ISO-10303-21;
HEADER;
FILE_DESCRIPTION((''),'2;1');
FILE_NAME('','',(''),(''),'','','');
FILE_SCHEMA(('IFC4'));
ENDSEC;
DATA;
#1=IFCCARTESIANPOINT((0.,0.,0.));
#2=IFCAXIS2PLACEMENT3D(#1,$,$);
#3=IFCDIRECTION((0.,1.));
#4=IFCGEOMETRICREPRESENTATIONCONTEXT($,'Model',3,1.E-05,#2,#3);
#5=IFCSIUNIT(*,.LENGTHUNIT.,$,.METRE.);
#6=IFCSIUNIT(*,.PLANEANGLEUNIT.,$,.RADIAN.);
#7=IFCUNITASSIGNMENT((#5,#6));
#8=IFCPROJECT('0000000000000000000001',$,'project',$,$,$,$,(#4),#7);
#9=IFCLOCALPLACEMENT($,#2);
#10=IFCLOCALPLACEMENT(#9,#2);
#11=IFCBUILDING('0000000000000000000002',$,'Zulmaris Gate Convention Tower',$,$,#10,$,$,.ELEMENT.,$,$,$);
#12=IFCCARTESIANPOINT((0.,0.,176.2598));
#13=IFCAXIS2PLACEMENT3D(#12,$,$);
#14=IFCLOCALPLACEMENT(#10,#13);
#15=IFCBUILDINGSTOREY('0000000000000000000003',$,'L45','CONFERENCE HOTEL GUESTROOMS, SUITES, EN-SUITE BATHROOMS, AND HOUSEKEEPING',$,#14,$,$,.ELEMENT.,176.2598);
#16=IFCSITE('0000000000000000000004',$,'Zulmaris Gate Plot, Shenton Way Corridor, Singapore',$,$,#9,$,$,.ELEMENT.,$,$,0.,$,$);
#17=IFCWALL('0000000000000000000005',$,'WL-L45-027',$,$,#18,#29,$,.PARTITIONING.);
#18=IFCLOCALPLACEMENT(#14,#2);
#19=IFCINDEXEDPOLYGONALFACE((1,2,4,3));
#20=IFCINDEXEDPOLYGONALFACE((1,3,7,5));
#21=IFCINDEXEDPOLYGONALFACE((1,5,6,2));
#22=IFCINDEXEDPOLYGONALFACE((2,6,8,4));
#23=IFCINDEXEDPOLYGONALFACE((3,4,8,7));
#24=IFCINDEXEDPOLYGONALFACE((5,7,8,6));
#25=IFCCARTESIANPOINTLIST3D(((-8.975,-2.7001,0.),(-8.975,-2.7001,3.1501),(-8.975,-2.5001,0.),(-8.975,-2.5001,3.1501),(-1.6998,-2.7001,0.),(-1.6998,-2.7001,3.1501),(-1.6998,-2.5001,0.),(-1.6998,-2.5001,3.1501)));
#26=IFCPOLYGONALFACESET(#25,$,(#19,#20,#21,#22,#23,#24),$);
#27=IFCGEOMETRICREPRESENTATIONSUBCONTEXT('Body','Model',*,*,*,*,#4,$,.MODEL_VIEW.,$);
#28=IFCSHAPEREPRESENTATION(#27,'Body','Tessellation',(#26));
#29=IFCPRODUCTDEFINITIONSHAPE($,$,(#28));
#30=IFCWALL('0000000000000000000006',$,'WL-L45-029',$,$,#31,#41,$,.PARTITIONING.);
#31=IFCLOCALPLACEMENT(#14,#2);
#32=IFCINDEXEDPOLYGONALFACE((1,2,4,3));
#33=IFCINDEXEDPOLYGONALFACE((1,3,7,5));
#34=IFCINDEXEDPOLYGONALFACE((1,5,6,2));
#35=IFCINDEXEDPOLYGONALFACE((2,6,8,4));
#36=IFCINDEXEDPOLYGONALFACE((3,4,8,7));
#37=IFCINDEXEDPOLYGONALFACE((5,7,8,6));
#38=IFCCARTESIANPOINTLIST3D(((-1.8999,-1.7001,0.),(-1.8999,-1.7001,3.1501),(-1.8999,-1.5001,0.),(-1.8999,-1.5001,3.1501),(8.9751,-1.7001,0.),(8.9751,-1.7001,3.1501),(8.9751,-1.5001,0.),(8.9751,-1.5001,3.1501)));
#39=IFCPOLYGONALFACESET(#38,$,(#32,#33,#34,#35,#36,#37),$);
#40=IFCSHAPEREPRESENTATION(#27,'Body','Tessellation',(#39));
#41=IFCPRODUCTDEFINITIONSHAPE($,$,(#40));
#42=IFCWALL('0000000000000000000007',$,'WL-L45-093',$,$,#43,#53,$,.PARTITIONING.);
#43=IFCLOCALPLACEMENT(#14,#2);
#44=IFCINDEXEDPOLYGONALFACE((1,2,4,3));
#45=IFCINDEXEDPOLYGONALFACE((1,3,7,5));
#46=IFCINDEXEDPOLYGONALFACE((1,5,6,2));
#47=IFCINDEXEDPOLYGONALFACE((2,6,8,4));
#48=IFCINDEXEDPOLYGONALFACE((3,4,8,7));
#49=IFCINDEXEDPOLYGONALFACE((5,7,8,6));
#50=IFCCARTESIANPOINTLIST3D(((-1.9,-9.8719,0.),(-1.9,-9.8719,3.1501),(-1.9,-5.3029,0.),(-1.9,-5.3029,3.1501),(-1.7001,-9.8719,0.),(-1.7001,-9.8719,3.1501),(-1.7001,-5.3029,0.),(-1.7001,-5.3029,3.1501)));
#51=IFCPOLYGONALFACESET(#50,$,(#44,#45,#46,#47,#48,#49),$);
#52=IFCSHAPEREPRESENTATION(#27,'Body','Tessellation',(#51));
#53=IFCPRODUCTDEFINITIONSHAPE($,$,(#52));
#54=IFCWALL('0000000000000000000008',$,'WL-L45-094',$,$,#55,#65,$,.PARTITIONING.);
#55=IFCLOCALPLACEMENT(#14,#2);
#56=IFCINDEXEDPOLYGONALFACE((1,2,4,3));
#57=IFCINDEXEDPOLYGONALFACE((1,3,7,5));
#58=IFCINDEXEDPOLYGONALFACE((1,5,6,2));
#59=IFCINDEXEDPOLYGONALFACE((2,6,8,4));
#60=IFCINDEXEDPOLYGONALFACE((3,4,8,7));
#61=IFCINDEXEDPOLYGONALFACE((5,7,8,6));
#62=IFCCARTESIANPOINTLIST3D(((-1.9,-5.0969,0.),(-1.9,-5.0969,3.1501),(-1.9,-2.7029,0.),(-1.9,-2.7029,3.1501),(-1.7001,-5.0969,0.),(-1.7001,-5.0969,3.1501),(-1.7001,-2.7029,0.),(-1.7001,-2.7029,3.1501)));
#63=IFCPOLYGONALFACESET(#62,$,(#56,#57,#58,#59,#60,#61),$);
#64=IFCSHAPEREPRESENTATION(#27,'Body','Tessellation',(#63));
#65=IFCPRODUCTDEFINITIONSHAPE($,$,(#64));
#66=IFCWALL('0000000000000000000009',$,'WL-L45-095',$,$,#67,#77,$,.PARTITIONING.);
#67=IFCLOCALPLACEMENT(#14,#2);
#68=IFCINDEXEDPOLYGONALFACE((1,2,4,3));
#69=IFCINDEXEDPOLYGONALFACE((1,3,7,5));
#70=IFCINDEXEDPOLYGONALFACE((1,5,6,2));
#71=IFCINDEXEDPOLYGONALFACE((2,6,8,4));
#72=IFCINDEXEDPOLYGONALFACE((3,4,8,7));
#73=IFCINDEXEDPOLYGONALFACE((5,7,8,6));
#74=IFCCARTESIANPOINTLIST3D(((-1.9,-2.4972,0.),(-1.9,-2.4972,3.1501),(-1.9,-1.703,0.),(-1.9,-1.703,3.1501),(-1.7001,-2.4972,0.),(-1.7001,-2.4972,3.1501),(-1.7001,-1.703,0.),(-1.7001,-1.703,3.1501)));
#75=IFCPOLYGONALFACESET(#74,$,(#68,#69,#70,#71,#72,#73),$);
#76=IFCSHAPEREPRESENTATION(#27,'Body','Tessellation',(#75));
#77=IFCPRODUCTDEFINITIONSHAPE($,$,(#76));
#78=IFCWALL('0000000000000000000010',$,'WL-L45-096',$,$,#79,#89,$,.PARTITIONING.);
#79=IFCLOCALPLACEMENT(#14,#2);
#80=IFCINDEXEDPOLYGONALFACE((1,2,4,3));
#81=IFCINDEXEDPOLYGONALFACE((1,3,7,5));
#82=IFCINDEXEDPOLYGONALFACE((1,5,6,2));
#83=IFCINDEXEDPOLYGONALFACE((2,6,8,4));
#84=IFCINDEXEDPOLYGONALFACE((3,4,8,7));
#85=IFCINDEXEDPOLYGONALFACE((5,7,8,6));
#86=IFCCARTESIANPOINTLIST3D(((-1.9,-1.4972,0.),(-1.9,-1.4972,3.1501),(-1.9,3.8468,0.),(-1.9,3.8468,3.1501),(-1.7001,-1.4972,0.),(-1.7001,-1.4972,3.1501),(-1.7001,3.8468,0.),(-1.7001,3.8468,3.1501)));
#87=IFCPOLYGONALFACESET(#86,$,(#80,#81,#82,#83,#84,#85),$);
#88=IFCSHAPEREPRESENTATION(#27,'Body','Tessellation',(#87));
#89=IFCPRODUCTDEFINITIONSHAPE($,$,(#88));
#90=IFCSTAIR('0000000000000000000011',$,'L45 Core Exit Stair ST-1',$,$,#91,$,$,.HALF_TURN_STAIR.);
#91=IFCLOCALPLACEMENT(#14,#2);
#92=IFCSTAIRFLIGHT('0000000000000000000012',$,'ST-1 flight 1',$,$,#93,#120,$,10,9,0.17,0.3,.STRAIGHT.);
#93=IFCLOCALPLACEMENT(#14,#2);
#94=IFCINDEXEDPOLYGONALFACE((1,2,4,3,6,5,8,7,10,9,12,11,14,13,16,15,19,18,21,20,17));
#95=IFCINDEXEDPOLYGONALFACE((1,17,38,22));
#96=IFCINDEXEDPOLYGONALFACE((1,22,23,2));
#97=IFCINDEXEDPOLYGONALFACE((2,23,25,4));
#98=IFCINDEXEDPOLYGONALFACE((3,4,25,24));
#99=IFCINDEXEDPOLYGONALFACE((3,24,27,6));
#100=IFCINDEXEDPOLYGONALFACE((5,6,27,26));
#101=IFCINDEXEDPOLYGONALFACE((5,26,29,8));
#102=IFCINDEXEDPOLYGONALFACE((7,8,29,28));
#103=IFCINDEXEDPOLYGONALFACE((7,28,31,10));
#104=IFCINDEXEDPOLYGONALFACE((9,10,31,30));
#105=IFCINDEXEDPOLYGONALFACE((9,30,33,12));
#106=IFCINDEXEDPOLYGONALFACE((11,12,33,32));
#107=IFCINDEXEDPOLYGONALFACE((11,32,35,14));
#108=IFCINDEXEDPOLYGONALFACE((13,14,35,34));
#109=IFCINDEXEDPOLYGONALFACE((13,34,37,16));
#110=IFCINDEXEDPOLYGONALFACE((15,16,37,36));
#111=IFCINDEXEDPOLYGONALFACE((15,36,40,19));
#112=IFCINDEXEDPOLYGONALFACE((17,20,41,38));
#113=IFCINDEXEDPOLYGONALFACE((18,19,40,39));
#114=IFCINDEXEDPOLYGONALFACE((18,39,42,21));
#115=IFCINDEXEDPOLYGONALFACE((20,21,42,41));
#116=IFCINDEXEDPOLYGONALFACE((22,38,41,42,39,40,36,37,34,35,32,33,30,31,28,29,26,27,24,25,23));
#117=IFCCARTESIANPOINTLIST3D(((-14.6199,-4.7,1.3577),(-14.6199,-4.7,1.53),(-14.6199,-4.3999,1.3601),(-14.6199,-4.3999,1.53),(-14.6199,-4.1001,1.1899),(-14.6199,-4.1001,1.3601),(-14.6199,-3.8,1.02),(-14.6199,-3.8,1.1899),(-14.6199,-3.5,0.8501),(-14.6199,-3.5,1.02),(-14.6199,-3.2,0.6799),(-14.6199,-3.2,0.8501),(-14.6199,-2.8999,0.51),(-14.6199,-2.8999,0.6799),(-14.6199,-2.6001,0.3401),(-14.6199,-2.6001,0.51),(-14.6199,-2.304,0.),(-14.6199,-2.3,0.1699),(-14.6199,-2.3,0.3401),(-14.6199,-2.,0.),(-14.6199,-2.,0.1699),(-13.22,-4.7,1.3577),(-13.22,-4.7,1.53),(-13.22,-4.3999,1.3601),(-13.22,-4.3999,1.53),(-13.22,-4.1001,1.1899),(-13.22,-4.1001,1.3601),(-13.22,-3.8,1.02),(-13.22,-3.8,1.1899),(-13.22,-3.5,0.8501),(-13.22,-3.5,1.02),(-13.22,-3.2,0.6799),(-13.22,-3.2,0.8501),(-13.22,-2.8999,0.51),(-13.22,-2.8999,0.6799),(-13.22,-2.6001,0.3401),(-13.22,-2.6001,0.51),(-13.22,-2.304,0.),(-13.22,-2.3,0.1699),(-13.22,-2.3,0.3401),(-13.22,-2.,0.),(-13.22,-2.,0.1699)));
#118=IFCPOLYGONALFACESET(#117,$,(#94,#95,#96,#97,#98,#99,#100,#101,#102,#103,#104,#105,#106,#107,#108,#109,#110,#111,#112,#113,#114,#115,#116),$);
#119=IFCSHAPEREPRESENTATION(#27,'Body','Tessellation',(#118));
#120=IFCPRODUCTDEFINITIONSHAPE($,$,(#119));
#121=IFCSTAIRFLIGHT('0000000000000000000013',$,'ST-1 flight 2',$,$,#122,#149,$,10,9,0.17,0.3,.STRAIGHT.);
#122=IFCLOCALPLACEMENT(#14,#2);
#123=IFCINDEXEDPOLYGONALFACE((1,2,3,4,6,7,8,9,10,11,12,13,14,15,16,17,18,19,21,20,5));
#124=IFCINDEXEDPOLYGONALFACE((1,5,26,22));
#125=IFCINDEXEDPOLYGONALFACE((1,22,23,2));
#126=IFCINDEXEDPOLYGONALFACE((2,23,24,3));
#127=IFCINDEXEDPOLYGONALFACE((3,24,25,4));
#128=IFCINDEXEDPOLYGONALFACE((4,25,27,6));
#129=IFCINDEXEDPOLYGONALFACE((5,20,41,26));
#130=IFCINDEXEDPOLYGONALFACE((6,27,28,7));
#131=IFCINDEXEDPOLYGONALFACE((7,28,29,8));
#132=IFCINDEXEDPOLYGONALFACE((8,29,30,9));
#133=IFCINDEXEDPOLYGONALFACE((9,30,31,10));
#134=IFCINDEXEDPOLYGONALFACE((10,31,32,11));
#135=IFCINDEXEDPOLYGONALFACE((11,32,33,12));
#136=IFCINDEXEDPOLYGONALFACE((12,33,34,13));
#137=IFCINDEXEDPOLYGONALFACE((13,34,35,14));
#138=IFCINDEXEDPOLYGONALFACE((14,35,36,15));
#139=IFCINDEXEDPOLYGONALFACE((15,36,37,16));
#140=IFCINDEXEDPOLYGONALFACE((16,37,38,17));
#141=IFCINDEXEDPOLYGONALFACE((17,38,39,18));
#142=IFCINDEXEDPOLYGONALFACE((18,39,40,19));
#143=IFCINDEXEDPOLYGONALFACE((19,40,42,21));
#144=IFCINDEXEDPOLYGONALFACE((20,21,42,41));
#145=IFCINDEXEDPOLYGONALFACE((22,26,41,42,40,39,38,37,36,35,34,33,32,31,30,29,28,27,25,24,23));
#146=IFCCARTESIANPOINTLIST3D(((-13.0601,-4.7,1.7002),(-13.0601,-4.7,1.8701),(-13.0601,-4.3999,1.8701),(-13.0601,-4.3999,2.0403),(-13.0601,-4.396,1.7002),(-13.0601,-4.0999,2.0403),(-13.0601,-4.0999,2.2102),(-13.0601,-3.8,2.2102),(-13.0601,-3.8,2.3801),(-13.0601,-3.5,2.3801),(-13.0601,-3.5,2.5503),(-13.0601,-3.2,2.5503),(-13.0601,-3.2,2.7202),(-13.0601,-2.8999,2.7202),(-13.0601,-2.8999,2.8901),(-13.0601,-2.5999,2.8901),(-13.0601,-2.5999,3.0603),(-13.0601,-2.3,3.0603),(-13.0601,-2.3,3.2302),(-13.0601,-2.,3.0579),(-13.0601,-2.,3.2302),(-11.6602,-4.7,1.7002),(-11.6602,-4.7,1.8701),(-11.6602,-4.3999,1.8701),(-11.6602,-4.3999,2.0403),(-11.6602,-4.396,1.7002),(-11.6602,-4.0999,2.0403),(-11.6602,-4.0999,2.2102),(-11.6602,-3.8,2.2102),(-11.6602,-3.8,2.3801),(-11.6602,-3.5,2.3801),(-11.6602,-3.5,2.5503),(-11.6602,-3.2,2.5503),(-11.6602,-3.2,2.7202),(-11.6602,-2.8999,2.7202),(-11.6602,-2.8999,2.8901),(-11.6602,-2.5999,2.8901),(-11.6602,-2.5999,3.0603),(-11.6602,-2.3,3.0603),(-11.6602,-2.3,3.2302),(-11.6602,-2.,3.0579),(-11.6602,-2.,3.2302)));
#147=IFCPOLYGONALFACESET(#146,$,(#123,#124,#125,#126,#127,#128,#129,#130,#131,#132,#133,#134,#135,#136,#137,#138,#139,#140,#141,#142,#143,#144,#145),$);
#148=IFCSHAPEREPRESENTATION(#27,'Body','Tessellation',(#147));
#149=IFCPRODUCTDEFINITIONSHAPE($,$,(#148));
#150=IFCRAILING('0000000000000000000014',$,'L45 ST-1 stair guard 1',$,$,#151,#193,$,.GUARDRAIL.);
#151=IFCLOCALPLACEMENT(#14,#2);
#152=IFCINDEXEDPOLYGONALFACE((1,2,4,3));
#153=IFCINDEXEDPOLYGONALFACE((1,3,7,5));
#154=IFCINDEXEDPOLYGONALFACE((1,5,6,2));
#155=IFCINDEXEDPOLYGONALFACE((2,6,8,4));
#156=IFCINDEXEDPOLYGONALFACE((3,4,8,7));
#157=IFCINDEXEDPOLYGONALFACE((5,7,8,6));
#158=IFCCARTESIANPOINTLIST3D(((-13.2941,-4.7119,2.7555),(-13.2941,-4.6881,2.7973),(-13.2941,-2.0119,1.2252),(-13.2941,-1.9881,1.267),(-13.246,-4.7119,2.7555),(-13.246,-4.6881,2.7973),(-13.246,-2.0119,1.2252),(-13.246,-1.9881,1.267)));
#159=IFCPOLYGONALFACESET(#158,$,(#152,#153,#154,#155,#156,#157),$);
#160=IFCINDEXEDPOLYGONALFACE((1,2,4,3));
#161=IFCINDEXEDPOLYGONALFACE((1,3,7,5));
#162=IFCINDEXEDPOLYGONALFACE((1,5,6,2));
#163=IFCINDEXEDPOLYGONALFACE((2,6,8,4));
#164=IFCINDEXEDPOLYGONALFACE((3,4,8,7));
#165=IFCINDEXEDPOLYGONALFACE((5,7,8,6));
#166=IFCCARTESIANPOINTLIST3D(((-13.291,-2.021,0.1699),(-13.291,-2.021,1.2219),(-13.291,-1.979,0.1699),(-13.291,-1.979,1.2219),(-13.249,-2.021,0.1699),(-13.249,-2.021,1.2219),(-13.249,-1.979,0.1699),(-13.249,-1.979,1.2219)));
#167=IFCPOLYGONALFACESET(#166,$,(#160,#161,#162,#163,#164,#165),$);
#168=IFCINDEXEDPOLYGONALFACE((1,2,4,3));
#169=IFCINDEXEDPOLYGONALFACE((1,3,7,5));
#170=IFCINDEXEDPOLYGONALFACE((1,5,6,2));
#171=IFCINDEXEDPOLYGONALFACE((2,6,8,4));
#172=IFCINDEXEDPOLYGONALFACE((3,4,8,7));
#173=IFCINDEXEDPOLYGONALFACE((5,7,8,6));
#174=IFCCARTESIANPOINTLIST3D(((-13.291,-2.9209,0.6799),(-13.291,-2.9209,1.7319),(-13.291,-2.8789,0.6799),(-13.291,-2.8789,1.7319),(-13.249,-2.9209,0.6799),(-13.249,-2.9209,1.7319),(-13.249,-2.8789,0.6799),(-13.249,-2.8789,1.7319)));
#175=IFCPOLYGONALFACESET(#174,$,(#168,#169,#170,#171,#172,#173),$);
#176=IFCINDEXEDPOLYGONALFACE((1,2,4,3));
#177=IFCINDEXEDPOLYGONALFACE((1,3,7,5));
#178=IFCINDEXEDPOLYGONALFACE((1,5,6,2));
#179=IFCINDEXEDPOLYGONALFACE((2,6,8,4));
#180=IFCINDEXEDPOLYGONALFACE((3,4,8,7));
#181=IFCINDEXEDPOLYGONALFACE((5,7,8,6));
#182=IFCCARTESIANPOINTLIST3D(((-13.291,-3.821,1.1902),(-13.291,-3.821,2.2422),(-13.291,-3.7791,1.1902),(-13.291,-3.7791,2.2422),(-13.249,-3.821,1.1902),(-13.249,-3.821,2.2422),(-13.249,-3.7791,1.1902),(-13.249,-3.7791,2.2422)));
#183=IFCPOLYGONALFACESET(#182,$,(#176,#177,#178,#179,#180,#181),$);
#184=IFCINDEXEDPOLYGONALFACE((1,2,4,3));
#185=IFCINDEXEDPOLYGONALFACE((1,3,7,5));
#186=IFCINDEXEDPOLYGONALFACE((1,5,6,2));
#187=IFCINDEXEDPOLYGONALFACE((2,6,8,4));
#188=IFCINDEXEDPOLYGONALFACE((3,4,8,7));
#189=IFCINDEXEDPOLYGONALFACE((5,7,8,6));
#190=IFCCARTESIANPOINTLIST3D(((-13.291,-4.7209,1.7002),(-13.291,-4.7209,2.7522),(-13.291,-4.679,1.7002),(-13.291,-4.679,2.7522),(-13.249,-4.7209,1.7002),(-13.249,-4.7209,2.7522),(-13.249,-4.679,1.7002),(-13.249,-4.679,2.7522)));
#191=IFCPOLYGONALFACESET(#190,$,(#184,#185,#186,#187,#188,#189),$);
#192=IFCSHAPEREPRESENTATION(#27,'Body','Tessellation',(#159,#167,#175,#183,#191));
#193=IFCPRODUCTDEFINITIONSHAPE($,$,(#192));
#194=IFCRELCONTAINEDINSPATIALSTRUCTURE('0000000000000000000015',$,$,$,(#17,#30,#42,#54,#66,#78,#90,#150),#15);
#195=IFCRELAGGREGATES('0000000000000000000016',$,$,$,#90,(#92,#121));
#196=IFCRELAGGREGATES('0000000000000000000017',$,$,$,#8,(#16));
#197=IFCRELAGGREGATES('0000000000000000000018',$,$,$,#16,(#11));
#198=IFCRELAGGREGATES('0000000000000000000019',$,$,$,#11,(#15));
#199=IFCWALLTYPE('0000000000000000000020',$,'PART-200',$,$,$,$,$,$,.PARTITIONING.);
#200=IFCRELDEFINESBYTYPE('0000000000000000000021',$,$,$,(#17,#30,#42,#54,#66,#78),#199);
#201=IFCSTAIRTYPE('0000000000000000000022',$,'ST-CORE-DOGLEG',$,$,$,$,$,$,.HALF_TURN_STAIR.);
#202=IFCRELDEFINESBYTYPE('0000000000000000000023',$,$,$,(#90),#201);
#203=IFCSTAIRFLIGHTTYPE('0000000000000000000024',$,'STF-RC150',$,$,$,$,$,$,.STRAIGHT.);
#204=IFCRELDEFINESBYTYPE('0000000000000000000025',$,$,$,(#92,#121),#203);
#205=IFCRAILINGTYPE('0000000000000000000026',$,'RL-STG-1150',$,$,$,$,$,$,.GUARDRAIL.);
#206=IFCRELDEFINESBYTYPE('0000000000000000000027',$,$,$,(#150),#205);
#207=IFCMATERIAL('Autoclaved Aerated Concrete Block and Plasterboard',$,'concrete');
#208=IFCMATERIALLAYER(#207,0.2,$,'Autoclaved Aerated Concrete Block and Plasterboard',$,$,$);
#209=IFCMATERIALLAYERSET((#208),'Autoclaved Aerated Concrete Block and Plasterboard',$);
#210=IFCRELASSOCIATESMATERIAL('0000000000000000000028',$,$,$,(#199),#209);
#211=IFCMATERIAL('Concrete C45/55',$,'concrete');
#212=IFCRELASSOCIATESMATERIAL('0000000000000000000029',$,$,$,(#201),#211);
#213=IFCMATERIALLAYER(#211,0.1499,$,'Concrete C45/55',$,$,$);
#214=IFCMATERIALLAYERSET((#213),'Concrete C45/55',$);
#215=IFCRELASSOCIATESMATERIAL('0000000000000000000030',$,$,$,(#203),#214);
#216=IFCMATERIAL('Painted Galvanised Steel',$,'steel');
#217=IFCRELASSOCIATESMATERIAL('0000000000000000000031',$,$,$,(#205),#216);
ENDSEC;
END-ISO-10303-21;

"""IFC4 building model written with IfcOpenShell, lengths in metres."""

from ifc_helpers import new_model, si_unit, direction, frame, frame_2d, origin, origin_2d, place, context, subcontext, project, spatial, polyline, rectangle, outline, extrude, material, layer, layer_set, type_object, element, aggregate, save


model = new_model("IFC4")

# Units and contexts
model_context = context("Model", 3, precision=1e-05, world=origin(), true_north=direction((0.0, 1.0)))
body_context = subcontext(model_context, "Body", "Model", "MODEL_VIEW")
ifc_project = project(units=[si_unit("LENGTHUNIT", "METRE"), si_unit("PLANEANGLEUNIT", "RADIAN")], contexts=[model_context])

# Site, building, storey
site_placement = place(None, origin())
site = spatial("IfcSite", under=ifc_project, at=site_placement, Name="Zulmaris Gate Plot, Shenton Way Corridor, Singapore", CompositionType="ELEMENT", RefElevation=0.0)
building_placement = place(site_placement, origin())
building = spatial("IfcBuilding", under=site, at=building_placement, Name="Zulmaris Gate Convention Tower", CompositionType="ELEMENT")
storey_placement = place(building_placement, frame((0.0, 0.0, 176.2598)))
storey = spatial("IfcBuildingStorey", under=building, at=storey_placement, Name="L45", Description="CONFERENCE HOTEL GUESTROOMS, SUITES, EN-SUITE BATHROOMS, AND HOUSEKEEPING", CompositionType="ELEMENT", Elevation=176.2598)

# Walls
ifc_material_1 = material(Name="Autoclaved Aerated Concrete Block and Plasterboard", Category="concrete")
ifc_layer_1 = layer(ifc_material_1, 0.2, Name="Autoclaved Aerated Concrete Block and Plasterboard")
ifc_layer_set_1 = layer_set([ifc_layer_1], Name="Autoclaved Aerated Concrete Block and Plasterboard")
wall_type_1 = type_object("IfcWallType", Name="PART-200", PredefinedType="PARTITIONING", material=ifc_layer_set_1)
wall_1_placement = place(storey_placement, frame((-8.9751, -2.6001, 0.0), z_axis=(0.0, 0.0, 1.0), x_axis=(1.0, 0.0, 0.0)))
element("IfcWall", 1, at=wall_1_placement, inside=storey, type_object=wall_type_1, Name="WL-L45-027", PredefinedType="PARTITIONING", context=body_context, shape_type="SweptSolid", body=[
    extrude(rectangle(XDim=7.2751, YDim=0.2, at=frame_2d((3.6377, 0.0))), origin(), (0.0, 0.0, 1.0), 3.1501),
])
wall_2_placement = place(storey_placement, frame((-1.8999, -1.6001, 0.0), z_axis=(0.0, 0.0, 1.0), x_axis=(1.0, 0.0, 0.0)))
element("IfcWall", 2, at=wall_2_placement, inside=storey, type_object=wall_type_1, Name="WL-L45-029", PredefinedType="PARTITIONING", context=body_context, shape_type="SweptSolid", body=[
    extrude(rectangle(XDim=10.875, YDim=0.2, at=frame_2d((5.4375, 0.0))), origin(), (0.0, 0.0, 1.0), 3.1501),
])
wall_3_placement = place(storey_placement, frame((-1.8, -9.8721, 0.0), z_axis=(0.0, 0.0, 1.0), x_axis=(0.0, 1.0, 0.0)))
element("IfcWall", 3, at=wall_3_placement, inside=storey, type_object=wall_type_1, Name="WL-L45-093", PredefinedType="PARTITIONING", context=body_context, shape_type="SweptSolid", body=[
    extrude(rectangle(XDim=4.5691, YDim=0.2, at=frame_2d((2.2847, 0.0))), origin(), (0.0, 0.0, 1.0), 3.1501),
])
wall_4_placement = place(storey_placement, frame((-1.8, -5.0969, 0.0), z_axis=(0.0, 0.0, 1.0), x_axis=(0.0, 1.0, 0.0)))
element("IfcWall", 4, at=wall_4_placement, inside=storey, type_object=wall_type_1, Name="WL-L45-094", PredefinedType="PARTITIONING", context=body_context, shape_type="SweptSolid", body=[
    extrude(rectangle(XDim=2.394, YDim=0.2, at=frame_2d((1.197, 0.0))), origin(), (0.0, 0.0, 1.0), 3.1501),
])
wall_5_placement = place(storey_placement, frame((-1.8, -2.4971, 0.0), z_axis=(0.0, 0.0, 1.0), x_axis=(0.0, 1.0, 0.0)))
element("IfcWall", 5, at=wall_5_placement, inside=storey, type_object=wall_type_1, Name="WL-L45-095", PredefinedType="PARTITIONING", context=body_context, shape_type="SweptSolid", body=[
    extrude(rectangle(XDim=0.7942, YDim=0.2, at=frame_2d((0.397, 0.0))), origin(), (0.0, 0.0, 1.0), 3.1501),
])
wall_6_placement = place(storey_placement, frame((-1.8, -1.4971, 0.0), z_axis=(0.0, 0.0, 1.0), x_axis=(0.0, 1.0, 0.0)))
element("IfcWall", 6, at=wall_6_placement, inside=storey, type_object=wall_type_1, Name="WL-L45-096", PredefinedType="PARTITIONING", context=body_context, shape_type="SweptSolid", body=[
    extrude(rectangle(XDim=5.344, YDim=0.2, at=frame_2d((2.6719, 0.0))), origin(), (0.0, 0.0, 1.0), 3.1501),
])

# Stair, stair flights
ifc_material_2 = material(Name="Concrete C45/55", Category="concrete")
stair_type = type_object("IfcStairType", Name="ST-CORE-DOGLEG", PredefinedType="HALF_TURN_STAIR", material=ifc_material_2)
stair_placement = place(storey_placement, origin())
stair = element("IfcStair", 7, at=stair_placement, inside=storey, type_object=stair_type, Name="L45 Core Exit Stair ST-1", PredefinedType="HALF_TURN_STAIR")
ifc_layer_2 = layer(ifc_material_2, 0.1499, Name="Concrete C45/55")
ifc_layer_set_2 = layer_set([ifc_layer_2], Name="Concrete C45/55")
stair_flight_type = type_object("IfcStairFlightType", Name="STF-RC150", PredefinedType="STRAIGHT", material=ifc_layer_set_2)
stair_flight_1_placement = place(storey_placement, frame((-13.9199, -2.0, 0.0), z_axis=(0.0, 0.0, 1.0), x_axis=(0.0, -1.0, 0.0)))
stair_flight_1 = element("IfcStairFlight", 8, at=stair_flight_1_placement, type_object=stair_flight_type, Name="ST-1 flight 1", NumberOfRisers=10, NumberOfTreads=9, PredefinedType="STRAIGHT", RiserHeight=0.17, TreadLength=0.3, context=body_context, shape_type="SweptSolid", body=[
    extrude(outline(polyline([(0.0, 0.0), (0.0, 0.1699), (0.3, 0.1699), (0.3, 0.3401), (0.6001, 0.3401), (0.6001, 0.51), (0.8999, 0.51), (0.8999, 0.6799), (1.2, 0.6799), (1.2, 0.8501), (1.5, 0.8501), (1.5, 1.02), (1.8, 1.02), (1.8, 1.1899), (2.1001, 1.1899), (2.1001, 1.3601), (2.3999, 1.3601), (2.3999, 1.53), (2.7, 1.53), (2.7, 1.7), (2.7, 1.3577), (0.304, 0.0), (0.0, 0.0)])), frame((0.0, 0.7, 0.0), z_axis=(0.0, -1.0, 0.0), x_axis=(1.0, 0.0, 0.0)), (0.0, 0.0, 1.0), 1.3999),
])
stair_flight_2_placement = place(storey_placement, frame((-12.3601, -4.7, 1.7002), z_axis=(0.0, 0.0, 1.0), x_axis=(0.0, 1.0, 0.0)))
stair_flight_2 = element("IfcStairFlight", 9, at=stair_flight_2_placement, type_object=stair_flight_type, Name="ST-1 flight 2", NumberOfRisers=10, NumberOfTreads=9, PredefinedType="STRAIGHT", RiserHeight=0.17, TreadLength=0.3, context=body_context, shape_type="SweptSolid", body=[
    extrude(outline(polyline([(0.0, 0.0), (0.0, 0.1699), (0.3, 0.1699), (0.3, 0.3401), (0.6001, 0.3401), (0.6001, 0.51), (0.8999, 0.51), (0.8999, 0.6799), (1.2, 0.6799), (1.2, 0.8501), (1.5, 0.8501), (1.5, 1.02), (1.8, 1.02), (1.8, 1.1899), (2.1001, 1.1899), (2.1001, 1.3601), (2.3999, 1.3601), (2.3999, 1.53), (2.7, 1.53), (2.7, 1.7), (2.7, 1.3577), (0.304, 0.0), (0.0, 0.0)])), frame((0.0, 0.7, 0.0), z_axis=(0.0, -1.0, 0.0), x_axis=(1.0, 0.0, 0.0)), (0.0, 0.0, 1.0), 1.3999),
])
aggregate(stair, [stair_flight_1, stair_flight_2])

# Railing
ifc_material_3 = material(Name="Painted Galvanised Steel", Category="steel")
railing_type_1 = type_object("IfcRailingType", Name="RL-STG-1150", PredefinedType="GUARDRAIL", material=ifc_material_3)
railing_1_placement = place(storey_placement, frame((-13.27, -2.0, 0.1699)))
element("IfcRailing", 10, at=railing_1_placement, inside=storey, type_object=railing_type_1, Name="L45 ST-1 stair guard 1", PredefinedType="GUARDRAIL", context=body_context, shape_type="SweptSolid", body=[
    extrude(rectangle(XDim=0.0481, YDim=0.0481, at=origin_2d()), frame((0.0, 0.0, 1.0762), z_axis=(0.0, -0.869981, 0.493086), x_axis=(1.0, 0.0, 0.0)), (0.0, 0.0, 1.0), 3.1035),
    extrude(rectangle(XDim=0.042, YDim=0.042, at=origin_2d()), origin(), (0.0, 0.0, 1.0), 1.052),
    extrude(rectangle(XDim=0.042, YDim=0.042, at=origin_2d()), frame((0.0, -0.8999, 0.51)), (0.0, 0.0, 1.0), 1.052),
    extrude(rectangle(XDim=0.042, YDim=0.042, at=origin_2d()), frame((0.0, -1.8, 1.0203)), (0.0, 0.0, 1.0), 1.052),
    extrude(rectangle(XDim=0.042, YDim=0.042, at=origin_2d()), frame((0.0, -2.7, 1.5303)), (0.0, 0.0, 1.0), 1.052),
])

save(model, "model.ifc")
